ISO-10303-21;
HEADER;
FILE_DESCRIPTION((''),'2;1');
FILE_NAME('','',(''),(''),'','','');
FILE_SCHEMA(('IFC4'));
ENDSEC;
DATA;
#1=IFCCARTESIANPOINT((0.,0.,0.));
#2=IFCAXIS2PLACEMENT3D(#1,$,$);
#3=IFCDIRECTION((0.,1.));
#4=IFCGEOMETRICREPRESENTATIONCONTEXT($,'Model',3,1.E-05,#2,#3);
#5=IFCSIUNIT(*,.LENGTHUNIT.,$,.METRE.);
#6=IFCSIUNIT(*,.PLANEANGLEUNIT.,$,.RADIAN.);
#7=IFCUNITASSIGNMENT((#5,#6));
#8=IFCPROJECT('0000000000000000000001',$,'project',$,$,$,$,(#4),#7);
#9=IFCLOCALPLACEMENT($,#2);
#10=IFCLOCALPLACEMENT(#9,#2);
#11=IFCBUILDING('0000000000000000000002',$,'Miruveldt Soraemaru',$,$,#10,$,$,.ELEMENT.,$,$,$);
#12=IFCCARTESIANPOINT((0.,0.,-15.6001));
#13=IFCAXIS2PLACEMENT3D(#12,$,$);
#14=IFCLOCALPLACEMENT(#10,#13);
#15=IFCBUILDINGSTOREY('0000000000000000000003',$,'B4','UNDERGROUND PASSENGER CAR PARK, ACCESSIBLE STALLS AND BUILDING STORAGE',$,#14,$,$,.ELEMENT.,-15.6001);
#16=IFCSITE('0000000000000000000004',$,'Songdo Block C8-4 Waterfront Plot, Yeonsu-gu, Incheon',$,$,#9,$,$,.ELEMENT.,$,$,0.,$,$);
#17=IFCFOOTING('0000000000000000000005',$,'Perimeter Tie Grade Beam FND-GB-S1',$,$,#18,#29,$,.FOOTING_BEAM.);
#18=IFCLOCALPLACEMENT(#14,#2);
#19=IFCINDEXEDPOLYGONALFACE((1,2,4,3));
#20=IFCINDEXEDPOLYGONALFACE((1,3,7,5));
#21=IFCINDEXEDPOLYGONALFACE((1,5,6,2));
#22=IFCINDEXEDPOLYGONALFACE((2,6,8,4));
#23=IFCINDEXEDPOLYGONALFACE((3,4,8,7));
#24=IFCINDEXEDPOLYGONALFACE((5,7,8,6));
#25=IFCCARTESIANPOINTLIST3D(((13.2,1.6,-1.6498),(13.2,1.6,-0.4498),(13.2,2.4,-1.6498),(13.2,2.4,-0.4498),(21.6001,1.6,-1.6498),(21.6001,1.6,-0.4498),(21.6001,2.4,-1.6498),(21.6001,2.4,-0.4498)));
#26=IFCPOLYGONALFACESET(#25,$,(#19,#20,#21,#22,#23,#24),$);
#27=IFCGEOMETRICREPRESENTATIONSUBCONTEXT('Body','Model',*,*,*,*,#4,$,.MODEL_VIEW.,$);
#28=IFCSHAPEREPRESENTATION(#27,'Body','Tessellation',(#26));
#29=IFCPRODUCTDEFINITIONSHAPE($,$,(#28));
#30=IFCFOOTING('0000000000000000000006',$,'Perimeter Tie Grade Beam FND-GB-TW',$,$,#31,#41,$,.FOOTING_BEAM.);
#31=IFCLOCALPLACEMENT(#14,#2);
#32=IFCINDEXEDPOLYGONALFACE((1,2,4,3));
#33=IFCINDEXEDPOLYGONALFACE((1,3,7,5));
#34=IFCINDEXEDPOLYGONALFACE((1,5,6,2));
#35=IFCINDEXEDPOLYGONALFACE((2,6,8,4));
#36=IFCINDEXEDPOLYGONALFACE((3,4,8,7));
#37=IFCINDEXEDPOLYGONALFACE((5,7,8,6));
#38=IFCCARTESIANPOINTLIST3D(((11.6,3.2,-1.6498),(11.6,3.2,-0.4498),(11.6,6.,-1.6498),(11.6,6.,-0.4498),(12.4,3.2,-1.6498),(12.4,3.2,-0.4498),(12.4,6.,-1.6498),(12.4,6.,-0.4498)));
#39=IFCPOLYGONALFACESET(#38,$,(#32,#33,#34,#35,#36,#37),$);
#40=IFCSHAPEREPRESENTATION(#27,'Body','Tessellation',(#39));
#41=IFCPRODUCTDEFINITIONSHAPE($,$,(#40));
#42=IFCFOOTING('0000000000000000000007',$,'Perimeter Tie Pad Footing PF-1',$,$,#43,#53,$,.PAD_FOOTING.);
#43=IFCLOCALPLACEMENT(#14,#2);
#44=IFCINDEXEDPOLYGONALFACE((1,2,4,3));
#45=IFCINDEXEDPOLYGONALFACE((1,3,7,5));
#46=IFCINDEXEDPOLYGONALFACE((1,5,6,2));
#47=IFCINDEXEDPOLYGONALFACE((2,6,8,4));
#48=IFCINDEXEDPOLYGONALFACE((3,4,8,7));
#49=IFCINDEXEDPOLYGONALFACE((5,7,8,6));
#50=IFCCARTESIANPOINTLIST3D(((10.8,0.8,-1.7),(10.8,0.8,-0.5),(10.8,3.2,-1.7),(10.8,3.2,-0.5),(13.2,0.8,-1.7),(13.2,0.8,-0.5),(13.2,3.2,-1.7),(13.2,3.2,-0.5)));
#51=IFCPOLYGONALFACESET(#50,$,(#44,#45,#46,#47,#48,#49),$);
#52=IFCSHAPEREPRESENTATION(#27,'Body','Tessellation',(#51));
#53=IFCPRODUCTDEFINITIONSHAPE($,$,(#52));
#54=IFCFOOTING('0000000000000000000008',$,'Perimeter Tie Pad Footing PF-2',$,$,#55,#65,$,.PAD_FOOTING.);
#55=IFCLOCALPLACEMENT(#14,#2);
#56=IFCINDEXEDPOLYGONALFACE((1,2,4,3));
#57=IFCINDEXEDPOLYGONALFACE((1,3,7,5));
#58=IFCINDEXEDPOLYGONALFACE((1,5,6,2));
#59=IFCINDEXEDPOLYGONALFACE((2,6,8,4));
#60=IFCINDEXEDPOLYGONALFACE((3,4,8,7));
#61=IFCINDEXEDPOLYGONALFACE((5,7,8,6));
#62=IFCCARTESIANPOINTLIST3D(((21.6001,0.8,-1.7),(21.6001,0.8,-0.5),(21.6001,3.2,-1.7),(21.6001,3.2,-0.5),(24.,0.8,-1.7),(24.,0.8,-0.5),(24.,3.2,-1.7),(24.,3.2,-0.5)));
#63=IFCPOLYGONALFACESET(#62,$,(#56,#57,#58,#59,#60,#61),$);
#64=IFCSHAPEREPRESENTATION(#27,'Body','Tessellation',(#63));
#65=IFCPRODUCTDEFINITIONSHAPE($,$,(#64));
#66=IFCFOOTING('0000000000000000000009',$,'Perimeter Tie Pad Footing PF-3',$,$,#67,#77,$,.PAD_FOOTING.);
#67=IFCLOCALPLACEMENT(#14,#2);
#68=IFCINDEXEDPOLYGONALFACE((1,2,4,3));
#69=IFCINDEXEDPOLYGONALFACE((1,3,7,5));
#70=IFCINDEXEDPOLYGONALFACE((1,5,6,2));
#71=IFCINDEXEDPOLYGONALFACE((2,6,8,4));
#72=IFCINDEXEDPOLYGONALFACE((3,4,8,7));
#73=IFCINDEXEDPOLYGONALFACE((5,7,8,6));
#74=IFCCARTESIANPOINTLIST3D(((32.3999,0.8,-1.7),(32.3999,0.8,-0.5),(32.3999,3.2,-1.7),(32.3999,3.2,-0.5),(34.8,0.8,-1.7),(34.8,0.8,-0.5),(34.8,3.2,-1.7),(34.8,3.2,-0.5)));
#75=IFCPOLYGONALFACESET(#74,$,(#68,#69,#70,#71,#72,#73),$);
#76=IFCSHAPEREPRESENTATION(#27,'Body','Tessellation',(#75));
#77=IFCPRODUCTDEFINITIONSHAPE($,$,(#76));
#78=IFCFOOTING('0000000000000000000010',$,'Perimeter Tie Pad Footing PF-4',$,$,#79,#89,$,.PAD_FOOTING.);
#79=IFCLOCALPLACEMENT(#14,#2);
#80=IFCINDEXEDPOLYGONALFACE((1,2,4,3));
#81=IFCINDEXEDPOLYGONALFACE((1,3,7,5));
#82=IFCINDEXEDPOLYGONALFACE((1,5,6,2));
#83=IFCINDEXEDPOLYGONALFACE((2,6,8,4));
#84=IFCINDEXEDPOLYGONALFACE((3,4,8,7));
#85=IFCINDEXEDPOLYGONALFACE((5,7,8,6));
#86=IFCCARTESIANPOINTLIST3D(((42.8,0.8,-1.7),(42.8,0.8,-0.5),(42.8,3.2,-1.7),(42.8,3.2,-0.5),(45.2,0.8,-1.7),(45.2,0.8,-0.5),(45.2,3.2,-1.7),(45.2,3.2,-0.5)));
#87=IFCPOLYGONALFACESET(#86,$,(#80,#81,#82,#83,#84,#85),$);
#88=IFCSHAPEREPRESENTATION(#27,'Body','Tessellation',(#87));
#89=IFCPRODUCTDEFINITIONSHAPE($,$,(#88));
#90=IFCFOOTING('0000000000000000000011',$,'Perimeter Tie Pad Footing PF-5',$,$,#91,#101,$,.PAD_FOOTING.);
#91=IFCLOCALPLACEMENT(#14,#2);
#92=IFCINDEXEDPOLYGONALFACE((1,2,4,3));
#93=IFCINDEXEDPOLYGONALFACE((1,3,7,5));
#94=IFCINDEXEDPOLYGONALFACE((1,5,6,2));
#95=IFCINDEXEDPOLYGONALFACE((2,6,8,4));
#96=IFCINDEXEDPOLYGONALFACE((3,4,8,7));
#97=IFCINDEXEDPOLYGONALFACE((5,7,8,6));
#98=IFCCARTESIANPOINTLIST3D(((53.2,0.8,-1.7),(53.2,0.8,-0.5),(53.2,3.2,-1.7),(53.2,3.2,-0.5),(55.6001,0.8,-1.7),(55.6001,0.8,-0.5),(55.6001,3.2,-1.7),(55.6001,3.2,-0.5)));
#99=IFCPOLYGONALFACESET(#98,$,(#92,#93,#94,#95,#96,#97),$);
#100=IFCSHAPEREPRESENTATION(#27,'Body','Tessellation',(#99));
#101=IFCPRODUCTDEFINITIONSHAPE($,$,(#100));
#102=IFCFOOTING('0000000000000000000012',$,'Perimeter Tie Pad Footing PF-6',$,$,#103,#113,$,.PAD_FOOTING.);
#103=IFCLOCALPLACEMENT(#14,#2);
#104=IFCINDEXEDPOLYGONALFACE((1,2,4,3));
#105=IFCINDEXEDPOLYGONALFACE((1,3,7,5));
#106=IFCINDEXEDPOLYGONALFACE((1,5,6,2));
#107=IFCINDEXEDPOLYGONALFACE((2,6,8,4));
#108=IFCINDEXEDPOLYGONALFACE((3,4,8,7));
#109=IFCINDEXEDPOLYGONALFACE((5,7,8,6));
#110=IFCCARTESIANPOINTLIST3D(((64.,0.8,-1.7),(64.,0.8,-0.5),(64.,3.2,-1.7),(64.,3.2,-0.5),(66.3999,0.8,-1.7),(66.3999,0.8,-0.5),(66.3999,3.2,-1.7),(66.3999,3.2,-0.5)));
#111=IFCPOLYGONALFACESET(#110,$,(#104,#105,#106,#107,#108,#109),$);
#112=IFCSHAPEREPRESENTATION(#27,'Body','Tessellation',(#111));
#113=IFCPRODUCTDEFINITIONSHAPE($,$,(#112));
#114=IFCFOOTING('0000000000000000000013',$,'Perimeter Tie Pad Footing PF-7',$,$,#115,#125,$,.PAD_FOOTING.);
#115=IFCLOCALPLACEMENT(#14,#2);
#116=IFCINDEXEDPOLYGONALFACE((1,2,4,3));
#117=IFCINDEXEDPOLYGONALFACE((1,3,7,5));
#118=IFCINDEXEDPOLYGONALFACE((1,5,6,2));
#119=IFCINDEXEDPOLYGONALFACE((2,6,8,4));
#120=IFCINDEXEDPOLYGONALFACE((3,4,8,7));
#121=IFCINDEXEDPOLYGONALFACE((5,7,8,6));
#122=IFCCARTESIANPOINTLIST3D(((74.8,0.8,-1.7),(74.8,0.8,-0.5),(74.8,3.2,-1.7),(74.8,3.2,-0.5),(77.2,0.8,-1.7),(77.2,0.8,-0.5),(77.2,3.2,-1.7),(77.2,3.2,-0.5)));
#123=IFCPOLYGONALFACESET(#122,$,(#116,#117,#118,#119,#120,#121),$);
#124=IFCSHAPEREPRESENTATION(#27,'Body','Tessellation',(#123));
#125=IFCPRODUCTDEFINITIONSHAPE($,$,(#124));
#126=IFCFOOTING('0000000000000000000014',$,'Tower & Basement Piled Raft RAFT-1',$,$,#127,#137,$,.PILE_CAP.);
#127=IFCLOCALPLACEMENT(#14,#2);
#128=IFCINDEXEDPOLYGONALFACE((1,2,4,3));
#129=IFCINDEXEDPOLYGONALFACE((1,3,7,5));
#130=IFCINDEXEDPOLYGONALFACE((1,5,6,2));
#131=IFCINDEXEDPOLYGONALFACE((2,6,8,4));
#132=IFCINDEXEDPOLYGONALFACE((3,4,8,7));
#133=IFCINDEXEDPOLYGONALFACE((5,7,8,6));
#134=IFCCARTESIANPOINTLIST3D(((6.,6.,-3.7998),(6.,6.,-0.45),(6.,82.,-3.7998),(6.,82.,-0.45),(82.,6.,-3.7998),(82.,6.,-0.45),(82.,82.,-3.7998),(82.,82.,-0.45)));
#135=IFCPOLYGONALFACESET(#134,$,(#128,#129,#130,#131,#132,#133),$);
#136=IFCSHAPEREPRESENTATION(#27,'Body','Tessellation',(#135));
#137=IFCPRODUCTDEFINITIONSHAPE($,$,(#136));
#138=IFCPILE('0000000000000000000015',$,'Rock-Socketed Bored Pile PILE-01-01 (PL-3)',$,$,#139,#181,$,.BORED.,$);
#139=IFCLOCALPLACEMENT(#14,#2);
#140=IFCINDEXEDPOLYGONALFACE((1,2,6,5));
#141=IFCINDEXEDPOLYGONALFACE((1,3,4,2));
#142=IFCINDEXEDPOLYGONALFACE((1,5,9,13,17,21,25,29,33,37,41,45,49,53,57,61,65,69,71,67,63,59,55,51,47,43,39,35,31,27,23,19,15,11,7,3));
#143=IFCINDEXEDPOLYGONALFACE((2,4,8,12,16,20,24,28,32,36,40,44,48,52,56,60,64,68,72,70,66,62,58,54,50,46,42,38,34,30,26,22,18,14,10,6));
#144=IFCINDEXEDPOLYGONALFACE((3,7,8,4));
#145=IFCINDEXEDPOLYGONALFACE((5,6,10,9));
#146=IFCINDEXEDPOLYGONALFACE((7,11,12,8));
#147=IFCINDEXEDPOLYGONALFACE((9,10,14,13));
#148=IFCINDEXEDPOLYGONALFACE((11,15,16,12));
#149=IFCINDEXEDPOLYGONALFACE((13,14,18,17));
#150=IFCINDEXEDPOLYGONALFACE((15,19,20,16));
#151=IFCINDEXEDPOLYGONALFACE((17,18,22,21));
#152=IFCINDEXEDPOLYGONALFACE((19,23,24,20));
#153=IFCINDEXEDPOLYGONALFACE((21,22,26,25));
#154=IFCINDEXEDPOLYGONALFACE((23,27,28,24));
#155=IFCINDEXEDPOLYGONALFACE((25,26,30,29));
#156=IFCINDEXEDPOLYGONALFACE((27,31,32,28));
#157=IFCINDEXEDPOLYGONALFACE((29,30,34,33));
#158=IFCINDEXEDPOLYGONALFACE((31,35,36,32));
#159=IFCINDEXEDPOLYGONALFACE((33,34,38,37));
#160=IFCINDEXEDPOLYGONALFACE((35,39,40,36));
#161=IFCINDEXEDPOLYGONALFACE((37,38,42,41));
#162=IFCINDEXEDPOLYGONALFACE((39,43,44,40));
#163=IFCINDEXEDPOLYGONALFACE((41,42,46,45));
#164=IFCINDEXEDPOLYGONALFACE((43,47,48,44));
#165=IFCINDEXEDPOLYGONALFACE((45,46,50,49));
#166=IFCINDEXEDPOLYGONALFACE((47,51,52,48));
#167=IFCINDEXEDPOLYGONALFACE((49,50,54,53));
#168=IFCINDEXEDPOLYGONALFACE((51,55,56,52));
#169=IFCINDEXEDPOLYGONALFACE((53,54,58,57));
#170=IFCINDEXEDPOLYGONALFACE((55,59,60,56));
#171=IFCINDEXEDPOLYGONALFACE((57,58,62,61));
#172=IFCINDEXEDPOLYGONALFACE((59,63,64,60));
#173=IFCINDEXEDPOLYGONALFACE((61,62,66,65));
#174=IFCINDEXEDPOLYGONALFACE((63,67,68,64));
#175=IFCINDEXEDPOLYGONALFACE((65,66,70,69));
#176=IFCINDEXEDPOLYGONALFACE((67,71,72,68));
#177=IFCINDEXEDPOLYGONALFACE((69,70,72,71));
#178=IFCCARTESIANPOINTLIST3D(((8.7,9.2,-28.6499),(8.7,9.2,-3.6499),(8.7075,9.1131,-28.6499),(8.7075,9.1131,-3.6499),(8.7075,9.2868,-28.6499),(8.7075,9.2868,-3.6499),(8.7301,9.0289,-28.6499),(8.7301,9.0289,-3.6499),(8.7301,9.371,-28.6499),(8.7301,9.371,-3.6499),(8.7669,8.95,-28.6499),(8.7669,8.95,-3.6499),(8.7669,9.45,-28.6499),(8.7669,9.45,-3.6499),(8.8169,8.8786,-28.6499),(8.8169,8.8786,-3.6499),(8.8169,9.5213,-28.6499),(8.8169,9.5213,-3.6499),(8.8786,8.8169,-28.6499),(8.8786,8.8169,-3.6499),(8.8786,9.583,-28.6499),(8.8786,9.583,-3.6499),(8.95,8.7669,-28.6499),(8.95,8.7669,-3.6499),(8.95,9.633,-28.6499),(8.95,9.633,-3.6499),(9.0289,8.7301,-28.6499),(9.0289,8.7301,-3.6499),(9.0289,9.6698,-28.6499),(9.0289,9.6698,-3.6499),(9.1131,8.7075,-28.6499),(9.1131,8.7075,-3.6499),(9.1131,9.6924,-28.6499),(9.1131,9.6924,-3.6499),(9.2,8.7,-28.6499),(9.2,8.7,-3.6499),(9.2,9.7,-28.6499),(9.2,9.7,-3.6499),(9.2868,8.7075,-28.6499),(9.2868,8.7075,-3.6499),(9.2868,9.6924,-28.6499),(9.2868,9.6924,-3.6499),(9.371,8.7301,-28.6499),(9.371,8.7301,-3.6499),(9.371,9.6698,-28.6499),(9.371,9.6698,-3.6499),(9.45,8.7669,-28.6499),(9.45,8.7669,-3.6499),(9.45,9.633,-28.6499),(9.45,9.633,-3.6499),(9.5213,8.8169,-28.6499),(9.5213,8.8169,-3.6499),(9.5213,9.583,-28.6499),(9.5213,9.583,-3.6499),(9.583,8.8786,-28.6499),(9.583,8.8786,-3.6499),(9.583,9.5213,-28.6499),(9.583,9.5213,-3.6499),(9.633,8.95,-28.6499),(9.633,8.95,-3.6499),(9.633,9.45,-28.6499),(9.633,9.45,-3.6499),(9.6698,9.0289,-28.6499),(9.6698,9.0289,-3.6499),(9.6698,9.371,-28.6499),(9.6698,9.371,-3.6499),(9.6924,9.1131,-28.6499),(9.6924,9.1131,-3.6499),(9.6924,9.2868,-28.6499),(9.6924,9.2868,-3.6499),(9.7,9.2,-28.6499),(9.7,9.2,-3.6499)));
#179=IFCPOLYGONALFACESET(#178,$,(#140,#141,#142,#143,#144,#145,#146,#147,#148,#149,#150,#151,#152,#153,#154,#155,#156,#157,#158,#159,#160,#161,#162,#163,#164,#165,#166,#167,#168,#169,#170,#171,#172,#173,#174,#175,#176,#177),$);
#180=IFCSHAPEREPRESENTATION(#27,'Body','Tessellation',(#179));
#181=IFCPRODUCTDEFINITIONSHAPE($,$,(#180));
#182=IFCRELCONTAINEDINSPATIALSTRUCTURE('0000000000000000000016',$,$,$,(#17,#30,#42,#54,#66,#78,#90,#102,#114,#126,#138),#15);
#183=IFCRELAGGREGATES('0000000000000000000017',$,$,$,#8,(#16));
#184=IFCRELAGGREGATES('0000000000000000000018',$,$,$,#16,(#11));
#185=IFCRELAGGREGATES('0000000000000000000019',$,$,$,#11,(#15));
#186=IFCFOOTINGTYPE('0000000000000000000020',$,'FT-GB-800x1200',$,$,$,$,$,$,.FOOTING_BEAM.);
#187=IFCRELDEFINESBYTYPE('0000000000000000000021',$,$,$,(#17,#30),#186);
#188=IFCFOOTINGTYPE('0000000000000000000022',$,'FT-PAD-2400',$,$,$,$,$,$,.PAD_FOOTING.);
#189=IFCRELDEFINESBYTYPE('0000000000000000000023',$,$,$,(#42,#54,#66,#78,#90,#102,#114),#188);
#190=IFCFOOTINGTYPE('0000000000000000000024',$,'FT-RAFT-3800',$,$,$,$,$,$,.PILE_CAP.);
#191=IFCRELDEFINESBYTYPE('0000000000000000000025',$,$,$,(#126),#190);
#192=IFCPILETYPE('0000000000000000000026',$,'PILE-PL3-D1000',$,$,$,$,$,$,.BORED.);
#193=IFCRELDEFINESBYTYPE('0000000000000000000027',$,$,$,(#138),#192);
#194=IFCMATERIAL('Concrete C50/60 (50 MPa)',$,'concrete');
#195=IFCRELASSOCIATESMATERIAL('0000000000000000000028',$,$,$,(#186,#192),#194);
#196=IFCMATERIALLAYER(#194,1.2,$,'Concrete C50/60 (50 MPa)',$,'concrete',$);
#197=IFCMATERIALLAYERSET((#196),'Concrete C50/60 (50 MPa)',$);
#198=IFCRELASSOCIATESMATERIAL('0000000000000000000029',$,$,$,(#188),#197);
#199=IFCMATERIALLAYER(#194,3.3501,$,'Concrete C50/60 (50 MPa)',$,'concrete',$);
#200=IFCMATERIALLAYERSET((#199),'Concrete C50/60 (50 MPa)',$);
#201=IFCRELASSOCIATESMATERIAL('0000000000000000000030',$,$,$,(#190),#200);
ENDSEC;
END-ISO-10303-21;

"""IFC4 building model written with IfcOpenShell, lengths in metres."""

from ifc_helpers import new_model, si_unit, direction, frame, origin, origin_2d, place, context, subcontext, project, spatial, polyline, rectangle, circle, outline, extrude, material, layer, layer_set, material_profile, profile_set, type_object, element, save


model = new_model("IFC4")

# Units and contexts
model_context = context("Model", 3, precision=1e-05, world=origin(), true_north=direction((0.0, 1.0)))
body_context = subcontext(model_context, "Body", "Model", "MODEL_VIEW")
ifc_project = project(units=[si_unit("LENGTHUNIT", "METRE"), si_unit("PLANEANGLEUNIT", "RADIAN")], contexts=[model_context])

# Site, building, storey
site_placement = place(None, origin())
site = spatial("IfcSite", under=ifc_project, at=site_placement, Name="Songdo Block C8-4 Waterfront Plot, Yeonsu-gu, Incheon", CompositionType="ELEMENT", RefElevation=0.0)
building_placement = place(site_placement, origin())
building = spatial("IfcBuilding", under=site, at=building_placement, Name="Miruveldt Soraemaru", CompositionType="ELEMENT")
storey_placement = place(building_placement, frame((0.0, 0.0, -15.6001)))
storey = spatial("IfcBuildingStorey", under=building, at=storey_placement, Name="B4", Description="UNDERGROUND PASSENGER CAR PARK, ACCESSIBLE STALLS AND BUILDING STORAGE", CompositionType="ELEMENT", Elevation=-15.6001)

# Footings
ifc_material_1 = material(Name="Concrete C50/60 (50 MPa)", Category="concrete")
ifc_material_profile_1 = material_profile(ifc_material_1, rectangle(XDim=0.8, YDim=1.2, at=origin_2d()), Name="Concrete C50/60 (50 MPa)", Category="concrete")
ifc_profile_set_1 = profile_set([ifc_material_profile_1], Name="Concrete C50/60 (50 MPa)")
footing_type_1 = type_object("IfcFootingType", Name="FT-GB-800x1200", PredefinedType="FOOTING_BEAM", material=ifc_profile_set_1)
footing_1_placement = place(storey_placement, frame((13.2, 2.0, -1.0498), z_axis=(1.0, 0.0, 0.0), x_axis=(0.0, 1.0, 0.0)))
element("IfcFooting", 1, at=footing_1_placement, inside=storey, type_object=footing_type_1, Name="Perimeter Tie Grade Beam FND-GB-S1", PredefinedType="FOOTING_BEAM", context=body_context, shape_type="SweptSolid", body=[
    extrude(rectangle(XDim=0.8, YDim=1.2, at=origin_2d()), origin(), (0.0, 0.0, 1.0), 8.4001),
])
footing_2_placement = place(storey_placement, frame((12.0, 3.2, -1.0498), z_axis=(0.0, 1.0, 0.0), x_axis=(-1.0, 0.0, 0.0)))
element("IfcFooting", 2, at=footing_2_placement, inside=storey, type_object=footing_type_1, Name="Perimeter Tie Grade Beam FND-GB-TW", PredefinedType="FOOTING_BEAM", context=body_context, shape_type="SweptSolid", body=[
    extrude(rectangle(XDim=0.8, YDim=1.2, at=origin_2d()), origin(), (0.0, 0.0, 1.0), 2.8),
])
ifc_layer_1 = layer(ifc_material_1, 1.2, Name="Concrete C50/60 (50 MPa)", Category="concrete")
ifc_layer_set_1 = layer_set([ifc_layer_1], Name="Concrete C50/60 (50 MPa)")
footing_type_2 = type_object("IfcFootingType", Name="FT-PAD-2400", PredefinedType="PAD_FOOTING", material=ifc_layer_set_1)
footing_3_placement = place(storey_placement, frame((0.0, 0.0, -1.7)))
element("IfcFooting", 3, at=footing_3_placement, inside=storey, type_object=footing_type_2, Name="Perimeter Tie Pad Footing PF-1", PredefinedType="PAD_FOOTING", context=body_context, shape_type="SweptSolid", body=[
    extrude(outline(polyline([(10.8, 0.8), (13.2, 0.8), (13.2, 3.2), (10.8, 3.2), (10.8, 0.8)])), origin(), (0.0, 0.0, 1.0), 1.2),
])
footing_4_placement = place(storey_placement, frame((0.0, 0.0, -1.7)))
element("IfcFooting", 4, at=footing_4_placement, inside=storey, type_object=footing_type_2, Name="Perimeter Tie Pad Footing PF-2", PredefinedType="PAD_FOOTING", context=body_context, shape_type="SweptSolid", body=[
    extrude(outline(polyline([(21.6001, 0.8), (24.0, 0.8), (24.0, 3.2), (21.6001, 3.2), (21.6001, 0.8)])), origin(), (0.0, 0.0, 1.0), 1.2),
])
footing_5_placement = place(storey_placement, frame((0.0, 0.0, -1.7)))
element("IfcFooting", 5, at=footing_5_placement, inside=storey, type_object=footing_type_2, Name="Perimeter Tie Pad Footing PF-3", PredefinedType="PAD_FOOTING", context=body_context, shape_type="SweptSolid", body=[
    extrude(outline(polyline([(32.3999, 0.8), (34.8, 0.8), (34.8, 3.2), (32.3999, 3.2), (32.3999, 0.8)])), origin(), (0.0, 0.0, 1.0), 1.2),
])
footing_6_placement = place(storey_placement, frame((0.0, 0.0, -1.7)))
element("IfcFooting", 6, at=footing_6_placement, inside=storey, type_object=footing_type_2, Name="Perimeter Tie Pad Footing PF-4", PredefinedType="PAD_FOOTING", context=body_context, shape_type="SweptSolid", body=[
    extrude(outline(polyline([(42.8, 0.8), (45.2, 0.8), (45.2, 3.2), (42.8, 3.2), (42.8, 0.8)])), origin(), (0.0, 0.0, 1.0), 1.2),
])
footing_7_placement = place(storey_placement, frame((0.0, 0.0, -1.7)))
element("IfcFooting", 7, at=footing_7_placement, inside=storey, type_object=footing_type_2, Name="Perimeter Tie Pad Footing PF-5", PredefinedType="PAD_FOOTING", context=body_context, shape_type="SweptSolid", body=[
    extrude(outline(polyline([(53.2, 0.8), (55.6001, 0.8), (55.6001, 3.2), (53.2, 3.2), (53.2, 0.8)])), origin(), (0.0, 0.0, 1.0), 1.2),
])
footing_8_placement = place(storey_placement, frame((0.0, 0.0, -1.7)))
element("IfcFooting", 8, at=footing_8_placement, inside=storey, type_object=footing_type_2, Name="Perimeter Tie Pad Footing PF-6", PredefinedType="PAD_FOOTING", context=body_context, shape_type="SweptSolid", body=[
    extrude(outline(polyline([(64.0, 0.8), (66.3999, 0.8), (66.3999, 3.2), (64.0, 3.2), (64.0, 0.8)])), origin(), (0.0, 0.0, 1.0), 1.2),
])
footing_9_placement = place(storey_placement, frame((0.0, 0.0, -1.7)))
element("IfcFooting", 9, at=footing_9_placement, inside=storey, type_object=footing_type_2, Name="Perimeter Tie Pad Footing PF-7", PredefinedType="PAD_FOOTING", context=body_context, shape_type="SweptSolid", body=[
    extrude(outline(polyline([(74.8, 0.8), (77.2, 0.8), (77.2, 3.2), (74.8, 3.2), (74.8, 0.8)])), origin(), (0.0, 0.0, 1.0), 1.2),
])
ifc_layer_2 = layer(ifc_material_1, 3.3501, Name="Concrete C50/60 (50 MPa)", Category="concrete")
ifc_layer_set_2 = layer_set([ifc_layer_2], Name="Concrete C50/60 (50 MPa)")
footing_type_3 = type_object("IfcFootingType", Name="FT-RAFT-3800", PredefinedType="PILE_CAP", material=ifc_layer_set_2)
footing_10_placement = place(storey_placement, frame((0.0, 0.0, -3.7998)))
element("IfcFooting", 10, at=footing_10_placement, inside=storey, type_object=footing_type_3, Name="Tower & Basement Piled Raft RAFT-1", PredefinedType="PILE_CAP", context=body_context, shape_type="SweptSolid", body=[
    extrude(outline(polyline([(6.0, 6.0), (82.0, 6.0), (82.0, 82.0), (6.0, 82.0), (6.0, 6.0)])), origin(), (0.0, 0.0, 1.0), 3.3499),
])

# Pile
ifc_material_profile_2 = material_profile(ifc_material_1, circle(Radius=0.5, at=origin_2d()), Name="Concrete C50/60 (50 MPa)", Category="concrete")
ifc_profile_set_2 = profile_set([ifc_material_profile_2], Name="Concrete C50/60 (50 MPa)")
pile_type = type_object("IfcPileType", Name="PILE-PL3-D1000", PredefinedType="BORED", material=ifc_profile_set_2)
for number, where, z_axis, x_axis, name in (
    (11, (9.2, 9.2, -3.6499), (0.0, 0.0, -1.0), (1.0, 0.0, 0.0), "Rock-Socketed Bored Pile PILE-01-01 (PL-3)"),
):
    element("IfcPile", number, at=place(storey_placement, frame(where, z_axis=z_axis, x_axis=x_axis)), inside=storey, type_object=pile_type, Name=name, PredefinedType="BORED", context=body_context, shape_type="SweptSolid", body=[
        extrude(circle(Radius=0.5, at=origin_2d()), origin(), (0.0, 0.0, 1.0), 25.0),
    ])

save(model, "model.ifc")
